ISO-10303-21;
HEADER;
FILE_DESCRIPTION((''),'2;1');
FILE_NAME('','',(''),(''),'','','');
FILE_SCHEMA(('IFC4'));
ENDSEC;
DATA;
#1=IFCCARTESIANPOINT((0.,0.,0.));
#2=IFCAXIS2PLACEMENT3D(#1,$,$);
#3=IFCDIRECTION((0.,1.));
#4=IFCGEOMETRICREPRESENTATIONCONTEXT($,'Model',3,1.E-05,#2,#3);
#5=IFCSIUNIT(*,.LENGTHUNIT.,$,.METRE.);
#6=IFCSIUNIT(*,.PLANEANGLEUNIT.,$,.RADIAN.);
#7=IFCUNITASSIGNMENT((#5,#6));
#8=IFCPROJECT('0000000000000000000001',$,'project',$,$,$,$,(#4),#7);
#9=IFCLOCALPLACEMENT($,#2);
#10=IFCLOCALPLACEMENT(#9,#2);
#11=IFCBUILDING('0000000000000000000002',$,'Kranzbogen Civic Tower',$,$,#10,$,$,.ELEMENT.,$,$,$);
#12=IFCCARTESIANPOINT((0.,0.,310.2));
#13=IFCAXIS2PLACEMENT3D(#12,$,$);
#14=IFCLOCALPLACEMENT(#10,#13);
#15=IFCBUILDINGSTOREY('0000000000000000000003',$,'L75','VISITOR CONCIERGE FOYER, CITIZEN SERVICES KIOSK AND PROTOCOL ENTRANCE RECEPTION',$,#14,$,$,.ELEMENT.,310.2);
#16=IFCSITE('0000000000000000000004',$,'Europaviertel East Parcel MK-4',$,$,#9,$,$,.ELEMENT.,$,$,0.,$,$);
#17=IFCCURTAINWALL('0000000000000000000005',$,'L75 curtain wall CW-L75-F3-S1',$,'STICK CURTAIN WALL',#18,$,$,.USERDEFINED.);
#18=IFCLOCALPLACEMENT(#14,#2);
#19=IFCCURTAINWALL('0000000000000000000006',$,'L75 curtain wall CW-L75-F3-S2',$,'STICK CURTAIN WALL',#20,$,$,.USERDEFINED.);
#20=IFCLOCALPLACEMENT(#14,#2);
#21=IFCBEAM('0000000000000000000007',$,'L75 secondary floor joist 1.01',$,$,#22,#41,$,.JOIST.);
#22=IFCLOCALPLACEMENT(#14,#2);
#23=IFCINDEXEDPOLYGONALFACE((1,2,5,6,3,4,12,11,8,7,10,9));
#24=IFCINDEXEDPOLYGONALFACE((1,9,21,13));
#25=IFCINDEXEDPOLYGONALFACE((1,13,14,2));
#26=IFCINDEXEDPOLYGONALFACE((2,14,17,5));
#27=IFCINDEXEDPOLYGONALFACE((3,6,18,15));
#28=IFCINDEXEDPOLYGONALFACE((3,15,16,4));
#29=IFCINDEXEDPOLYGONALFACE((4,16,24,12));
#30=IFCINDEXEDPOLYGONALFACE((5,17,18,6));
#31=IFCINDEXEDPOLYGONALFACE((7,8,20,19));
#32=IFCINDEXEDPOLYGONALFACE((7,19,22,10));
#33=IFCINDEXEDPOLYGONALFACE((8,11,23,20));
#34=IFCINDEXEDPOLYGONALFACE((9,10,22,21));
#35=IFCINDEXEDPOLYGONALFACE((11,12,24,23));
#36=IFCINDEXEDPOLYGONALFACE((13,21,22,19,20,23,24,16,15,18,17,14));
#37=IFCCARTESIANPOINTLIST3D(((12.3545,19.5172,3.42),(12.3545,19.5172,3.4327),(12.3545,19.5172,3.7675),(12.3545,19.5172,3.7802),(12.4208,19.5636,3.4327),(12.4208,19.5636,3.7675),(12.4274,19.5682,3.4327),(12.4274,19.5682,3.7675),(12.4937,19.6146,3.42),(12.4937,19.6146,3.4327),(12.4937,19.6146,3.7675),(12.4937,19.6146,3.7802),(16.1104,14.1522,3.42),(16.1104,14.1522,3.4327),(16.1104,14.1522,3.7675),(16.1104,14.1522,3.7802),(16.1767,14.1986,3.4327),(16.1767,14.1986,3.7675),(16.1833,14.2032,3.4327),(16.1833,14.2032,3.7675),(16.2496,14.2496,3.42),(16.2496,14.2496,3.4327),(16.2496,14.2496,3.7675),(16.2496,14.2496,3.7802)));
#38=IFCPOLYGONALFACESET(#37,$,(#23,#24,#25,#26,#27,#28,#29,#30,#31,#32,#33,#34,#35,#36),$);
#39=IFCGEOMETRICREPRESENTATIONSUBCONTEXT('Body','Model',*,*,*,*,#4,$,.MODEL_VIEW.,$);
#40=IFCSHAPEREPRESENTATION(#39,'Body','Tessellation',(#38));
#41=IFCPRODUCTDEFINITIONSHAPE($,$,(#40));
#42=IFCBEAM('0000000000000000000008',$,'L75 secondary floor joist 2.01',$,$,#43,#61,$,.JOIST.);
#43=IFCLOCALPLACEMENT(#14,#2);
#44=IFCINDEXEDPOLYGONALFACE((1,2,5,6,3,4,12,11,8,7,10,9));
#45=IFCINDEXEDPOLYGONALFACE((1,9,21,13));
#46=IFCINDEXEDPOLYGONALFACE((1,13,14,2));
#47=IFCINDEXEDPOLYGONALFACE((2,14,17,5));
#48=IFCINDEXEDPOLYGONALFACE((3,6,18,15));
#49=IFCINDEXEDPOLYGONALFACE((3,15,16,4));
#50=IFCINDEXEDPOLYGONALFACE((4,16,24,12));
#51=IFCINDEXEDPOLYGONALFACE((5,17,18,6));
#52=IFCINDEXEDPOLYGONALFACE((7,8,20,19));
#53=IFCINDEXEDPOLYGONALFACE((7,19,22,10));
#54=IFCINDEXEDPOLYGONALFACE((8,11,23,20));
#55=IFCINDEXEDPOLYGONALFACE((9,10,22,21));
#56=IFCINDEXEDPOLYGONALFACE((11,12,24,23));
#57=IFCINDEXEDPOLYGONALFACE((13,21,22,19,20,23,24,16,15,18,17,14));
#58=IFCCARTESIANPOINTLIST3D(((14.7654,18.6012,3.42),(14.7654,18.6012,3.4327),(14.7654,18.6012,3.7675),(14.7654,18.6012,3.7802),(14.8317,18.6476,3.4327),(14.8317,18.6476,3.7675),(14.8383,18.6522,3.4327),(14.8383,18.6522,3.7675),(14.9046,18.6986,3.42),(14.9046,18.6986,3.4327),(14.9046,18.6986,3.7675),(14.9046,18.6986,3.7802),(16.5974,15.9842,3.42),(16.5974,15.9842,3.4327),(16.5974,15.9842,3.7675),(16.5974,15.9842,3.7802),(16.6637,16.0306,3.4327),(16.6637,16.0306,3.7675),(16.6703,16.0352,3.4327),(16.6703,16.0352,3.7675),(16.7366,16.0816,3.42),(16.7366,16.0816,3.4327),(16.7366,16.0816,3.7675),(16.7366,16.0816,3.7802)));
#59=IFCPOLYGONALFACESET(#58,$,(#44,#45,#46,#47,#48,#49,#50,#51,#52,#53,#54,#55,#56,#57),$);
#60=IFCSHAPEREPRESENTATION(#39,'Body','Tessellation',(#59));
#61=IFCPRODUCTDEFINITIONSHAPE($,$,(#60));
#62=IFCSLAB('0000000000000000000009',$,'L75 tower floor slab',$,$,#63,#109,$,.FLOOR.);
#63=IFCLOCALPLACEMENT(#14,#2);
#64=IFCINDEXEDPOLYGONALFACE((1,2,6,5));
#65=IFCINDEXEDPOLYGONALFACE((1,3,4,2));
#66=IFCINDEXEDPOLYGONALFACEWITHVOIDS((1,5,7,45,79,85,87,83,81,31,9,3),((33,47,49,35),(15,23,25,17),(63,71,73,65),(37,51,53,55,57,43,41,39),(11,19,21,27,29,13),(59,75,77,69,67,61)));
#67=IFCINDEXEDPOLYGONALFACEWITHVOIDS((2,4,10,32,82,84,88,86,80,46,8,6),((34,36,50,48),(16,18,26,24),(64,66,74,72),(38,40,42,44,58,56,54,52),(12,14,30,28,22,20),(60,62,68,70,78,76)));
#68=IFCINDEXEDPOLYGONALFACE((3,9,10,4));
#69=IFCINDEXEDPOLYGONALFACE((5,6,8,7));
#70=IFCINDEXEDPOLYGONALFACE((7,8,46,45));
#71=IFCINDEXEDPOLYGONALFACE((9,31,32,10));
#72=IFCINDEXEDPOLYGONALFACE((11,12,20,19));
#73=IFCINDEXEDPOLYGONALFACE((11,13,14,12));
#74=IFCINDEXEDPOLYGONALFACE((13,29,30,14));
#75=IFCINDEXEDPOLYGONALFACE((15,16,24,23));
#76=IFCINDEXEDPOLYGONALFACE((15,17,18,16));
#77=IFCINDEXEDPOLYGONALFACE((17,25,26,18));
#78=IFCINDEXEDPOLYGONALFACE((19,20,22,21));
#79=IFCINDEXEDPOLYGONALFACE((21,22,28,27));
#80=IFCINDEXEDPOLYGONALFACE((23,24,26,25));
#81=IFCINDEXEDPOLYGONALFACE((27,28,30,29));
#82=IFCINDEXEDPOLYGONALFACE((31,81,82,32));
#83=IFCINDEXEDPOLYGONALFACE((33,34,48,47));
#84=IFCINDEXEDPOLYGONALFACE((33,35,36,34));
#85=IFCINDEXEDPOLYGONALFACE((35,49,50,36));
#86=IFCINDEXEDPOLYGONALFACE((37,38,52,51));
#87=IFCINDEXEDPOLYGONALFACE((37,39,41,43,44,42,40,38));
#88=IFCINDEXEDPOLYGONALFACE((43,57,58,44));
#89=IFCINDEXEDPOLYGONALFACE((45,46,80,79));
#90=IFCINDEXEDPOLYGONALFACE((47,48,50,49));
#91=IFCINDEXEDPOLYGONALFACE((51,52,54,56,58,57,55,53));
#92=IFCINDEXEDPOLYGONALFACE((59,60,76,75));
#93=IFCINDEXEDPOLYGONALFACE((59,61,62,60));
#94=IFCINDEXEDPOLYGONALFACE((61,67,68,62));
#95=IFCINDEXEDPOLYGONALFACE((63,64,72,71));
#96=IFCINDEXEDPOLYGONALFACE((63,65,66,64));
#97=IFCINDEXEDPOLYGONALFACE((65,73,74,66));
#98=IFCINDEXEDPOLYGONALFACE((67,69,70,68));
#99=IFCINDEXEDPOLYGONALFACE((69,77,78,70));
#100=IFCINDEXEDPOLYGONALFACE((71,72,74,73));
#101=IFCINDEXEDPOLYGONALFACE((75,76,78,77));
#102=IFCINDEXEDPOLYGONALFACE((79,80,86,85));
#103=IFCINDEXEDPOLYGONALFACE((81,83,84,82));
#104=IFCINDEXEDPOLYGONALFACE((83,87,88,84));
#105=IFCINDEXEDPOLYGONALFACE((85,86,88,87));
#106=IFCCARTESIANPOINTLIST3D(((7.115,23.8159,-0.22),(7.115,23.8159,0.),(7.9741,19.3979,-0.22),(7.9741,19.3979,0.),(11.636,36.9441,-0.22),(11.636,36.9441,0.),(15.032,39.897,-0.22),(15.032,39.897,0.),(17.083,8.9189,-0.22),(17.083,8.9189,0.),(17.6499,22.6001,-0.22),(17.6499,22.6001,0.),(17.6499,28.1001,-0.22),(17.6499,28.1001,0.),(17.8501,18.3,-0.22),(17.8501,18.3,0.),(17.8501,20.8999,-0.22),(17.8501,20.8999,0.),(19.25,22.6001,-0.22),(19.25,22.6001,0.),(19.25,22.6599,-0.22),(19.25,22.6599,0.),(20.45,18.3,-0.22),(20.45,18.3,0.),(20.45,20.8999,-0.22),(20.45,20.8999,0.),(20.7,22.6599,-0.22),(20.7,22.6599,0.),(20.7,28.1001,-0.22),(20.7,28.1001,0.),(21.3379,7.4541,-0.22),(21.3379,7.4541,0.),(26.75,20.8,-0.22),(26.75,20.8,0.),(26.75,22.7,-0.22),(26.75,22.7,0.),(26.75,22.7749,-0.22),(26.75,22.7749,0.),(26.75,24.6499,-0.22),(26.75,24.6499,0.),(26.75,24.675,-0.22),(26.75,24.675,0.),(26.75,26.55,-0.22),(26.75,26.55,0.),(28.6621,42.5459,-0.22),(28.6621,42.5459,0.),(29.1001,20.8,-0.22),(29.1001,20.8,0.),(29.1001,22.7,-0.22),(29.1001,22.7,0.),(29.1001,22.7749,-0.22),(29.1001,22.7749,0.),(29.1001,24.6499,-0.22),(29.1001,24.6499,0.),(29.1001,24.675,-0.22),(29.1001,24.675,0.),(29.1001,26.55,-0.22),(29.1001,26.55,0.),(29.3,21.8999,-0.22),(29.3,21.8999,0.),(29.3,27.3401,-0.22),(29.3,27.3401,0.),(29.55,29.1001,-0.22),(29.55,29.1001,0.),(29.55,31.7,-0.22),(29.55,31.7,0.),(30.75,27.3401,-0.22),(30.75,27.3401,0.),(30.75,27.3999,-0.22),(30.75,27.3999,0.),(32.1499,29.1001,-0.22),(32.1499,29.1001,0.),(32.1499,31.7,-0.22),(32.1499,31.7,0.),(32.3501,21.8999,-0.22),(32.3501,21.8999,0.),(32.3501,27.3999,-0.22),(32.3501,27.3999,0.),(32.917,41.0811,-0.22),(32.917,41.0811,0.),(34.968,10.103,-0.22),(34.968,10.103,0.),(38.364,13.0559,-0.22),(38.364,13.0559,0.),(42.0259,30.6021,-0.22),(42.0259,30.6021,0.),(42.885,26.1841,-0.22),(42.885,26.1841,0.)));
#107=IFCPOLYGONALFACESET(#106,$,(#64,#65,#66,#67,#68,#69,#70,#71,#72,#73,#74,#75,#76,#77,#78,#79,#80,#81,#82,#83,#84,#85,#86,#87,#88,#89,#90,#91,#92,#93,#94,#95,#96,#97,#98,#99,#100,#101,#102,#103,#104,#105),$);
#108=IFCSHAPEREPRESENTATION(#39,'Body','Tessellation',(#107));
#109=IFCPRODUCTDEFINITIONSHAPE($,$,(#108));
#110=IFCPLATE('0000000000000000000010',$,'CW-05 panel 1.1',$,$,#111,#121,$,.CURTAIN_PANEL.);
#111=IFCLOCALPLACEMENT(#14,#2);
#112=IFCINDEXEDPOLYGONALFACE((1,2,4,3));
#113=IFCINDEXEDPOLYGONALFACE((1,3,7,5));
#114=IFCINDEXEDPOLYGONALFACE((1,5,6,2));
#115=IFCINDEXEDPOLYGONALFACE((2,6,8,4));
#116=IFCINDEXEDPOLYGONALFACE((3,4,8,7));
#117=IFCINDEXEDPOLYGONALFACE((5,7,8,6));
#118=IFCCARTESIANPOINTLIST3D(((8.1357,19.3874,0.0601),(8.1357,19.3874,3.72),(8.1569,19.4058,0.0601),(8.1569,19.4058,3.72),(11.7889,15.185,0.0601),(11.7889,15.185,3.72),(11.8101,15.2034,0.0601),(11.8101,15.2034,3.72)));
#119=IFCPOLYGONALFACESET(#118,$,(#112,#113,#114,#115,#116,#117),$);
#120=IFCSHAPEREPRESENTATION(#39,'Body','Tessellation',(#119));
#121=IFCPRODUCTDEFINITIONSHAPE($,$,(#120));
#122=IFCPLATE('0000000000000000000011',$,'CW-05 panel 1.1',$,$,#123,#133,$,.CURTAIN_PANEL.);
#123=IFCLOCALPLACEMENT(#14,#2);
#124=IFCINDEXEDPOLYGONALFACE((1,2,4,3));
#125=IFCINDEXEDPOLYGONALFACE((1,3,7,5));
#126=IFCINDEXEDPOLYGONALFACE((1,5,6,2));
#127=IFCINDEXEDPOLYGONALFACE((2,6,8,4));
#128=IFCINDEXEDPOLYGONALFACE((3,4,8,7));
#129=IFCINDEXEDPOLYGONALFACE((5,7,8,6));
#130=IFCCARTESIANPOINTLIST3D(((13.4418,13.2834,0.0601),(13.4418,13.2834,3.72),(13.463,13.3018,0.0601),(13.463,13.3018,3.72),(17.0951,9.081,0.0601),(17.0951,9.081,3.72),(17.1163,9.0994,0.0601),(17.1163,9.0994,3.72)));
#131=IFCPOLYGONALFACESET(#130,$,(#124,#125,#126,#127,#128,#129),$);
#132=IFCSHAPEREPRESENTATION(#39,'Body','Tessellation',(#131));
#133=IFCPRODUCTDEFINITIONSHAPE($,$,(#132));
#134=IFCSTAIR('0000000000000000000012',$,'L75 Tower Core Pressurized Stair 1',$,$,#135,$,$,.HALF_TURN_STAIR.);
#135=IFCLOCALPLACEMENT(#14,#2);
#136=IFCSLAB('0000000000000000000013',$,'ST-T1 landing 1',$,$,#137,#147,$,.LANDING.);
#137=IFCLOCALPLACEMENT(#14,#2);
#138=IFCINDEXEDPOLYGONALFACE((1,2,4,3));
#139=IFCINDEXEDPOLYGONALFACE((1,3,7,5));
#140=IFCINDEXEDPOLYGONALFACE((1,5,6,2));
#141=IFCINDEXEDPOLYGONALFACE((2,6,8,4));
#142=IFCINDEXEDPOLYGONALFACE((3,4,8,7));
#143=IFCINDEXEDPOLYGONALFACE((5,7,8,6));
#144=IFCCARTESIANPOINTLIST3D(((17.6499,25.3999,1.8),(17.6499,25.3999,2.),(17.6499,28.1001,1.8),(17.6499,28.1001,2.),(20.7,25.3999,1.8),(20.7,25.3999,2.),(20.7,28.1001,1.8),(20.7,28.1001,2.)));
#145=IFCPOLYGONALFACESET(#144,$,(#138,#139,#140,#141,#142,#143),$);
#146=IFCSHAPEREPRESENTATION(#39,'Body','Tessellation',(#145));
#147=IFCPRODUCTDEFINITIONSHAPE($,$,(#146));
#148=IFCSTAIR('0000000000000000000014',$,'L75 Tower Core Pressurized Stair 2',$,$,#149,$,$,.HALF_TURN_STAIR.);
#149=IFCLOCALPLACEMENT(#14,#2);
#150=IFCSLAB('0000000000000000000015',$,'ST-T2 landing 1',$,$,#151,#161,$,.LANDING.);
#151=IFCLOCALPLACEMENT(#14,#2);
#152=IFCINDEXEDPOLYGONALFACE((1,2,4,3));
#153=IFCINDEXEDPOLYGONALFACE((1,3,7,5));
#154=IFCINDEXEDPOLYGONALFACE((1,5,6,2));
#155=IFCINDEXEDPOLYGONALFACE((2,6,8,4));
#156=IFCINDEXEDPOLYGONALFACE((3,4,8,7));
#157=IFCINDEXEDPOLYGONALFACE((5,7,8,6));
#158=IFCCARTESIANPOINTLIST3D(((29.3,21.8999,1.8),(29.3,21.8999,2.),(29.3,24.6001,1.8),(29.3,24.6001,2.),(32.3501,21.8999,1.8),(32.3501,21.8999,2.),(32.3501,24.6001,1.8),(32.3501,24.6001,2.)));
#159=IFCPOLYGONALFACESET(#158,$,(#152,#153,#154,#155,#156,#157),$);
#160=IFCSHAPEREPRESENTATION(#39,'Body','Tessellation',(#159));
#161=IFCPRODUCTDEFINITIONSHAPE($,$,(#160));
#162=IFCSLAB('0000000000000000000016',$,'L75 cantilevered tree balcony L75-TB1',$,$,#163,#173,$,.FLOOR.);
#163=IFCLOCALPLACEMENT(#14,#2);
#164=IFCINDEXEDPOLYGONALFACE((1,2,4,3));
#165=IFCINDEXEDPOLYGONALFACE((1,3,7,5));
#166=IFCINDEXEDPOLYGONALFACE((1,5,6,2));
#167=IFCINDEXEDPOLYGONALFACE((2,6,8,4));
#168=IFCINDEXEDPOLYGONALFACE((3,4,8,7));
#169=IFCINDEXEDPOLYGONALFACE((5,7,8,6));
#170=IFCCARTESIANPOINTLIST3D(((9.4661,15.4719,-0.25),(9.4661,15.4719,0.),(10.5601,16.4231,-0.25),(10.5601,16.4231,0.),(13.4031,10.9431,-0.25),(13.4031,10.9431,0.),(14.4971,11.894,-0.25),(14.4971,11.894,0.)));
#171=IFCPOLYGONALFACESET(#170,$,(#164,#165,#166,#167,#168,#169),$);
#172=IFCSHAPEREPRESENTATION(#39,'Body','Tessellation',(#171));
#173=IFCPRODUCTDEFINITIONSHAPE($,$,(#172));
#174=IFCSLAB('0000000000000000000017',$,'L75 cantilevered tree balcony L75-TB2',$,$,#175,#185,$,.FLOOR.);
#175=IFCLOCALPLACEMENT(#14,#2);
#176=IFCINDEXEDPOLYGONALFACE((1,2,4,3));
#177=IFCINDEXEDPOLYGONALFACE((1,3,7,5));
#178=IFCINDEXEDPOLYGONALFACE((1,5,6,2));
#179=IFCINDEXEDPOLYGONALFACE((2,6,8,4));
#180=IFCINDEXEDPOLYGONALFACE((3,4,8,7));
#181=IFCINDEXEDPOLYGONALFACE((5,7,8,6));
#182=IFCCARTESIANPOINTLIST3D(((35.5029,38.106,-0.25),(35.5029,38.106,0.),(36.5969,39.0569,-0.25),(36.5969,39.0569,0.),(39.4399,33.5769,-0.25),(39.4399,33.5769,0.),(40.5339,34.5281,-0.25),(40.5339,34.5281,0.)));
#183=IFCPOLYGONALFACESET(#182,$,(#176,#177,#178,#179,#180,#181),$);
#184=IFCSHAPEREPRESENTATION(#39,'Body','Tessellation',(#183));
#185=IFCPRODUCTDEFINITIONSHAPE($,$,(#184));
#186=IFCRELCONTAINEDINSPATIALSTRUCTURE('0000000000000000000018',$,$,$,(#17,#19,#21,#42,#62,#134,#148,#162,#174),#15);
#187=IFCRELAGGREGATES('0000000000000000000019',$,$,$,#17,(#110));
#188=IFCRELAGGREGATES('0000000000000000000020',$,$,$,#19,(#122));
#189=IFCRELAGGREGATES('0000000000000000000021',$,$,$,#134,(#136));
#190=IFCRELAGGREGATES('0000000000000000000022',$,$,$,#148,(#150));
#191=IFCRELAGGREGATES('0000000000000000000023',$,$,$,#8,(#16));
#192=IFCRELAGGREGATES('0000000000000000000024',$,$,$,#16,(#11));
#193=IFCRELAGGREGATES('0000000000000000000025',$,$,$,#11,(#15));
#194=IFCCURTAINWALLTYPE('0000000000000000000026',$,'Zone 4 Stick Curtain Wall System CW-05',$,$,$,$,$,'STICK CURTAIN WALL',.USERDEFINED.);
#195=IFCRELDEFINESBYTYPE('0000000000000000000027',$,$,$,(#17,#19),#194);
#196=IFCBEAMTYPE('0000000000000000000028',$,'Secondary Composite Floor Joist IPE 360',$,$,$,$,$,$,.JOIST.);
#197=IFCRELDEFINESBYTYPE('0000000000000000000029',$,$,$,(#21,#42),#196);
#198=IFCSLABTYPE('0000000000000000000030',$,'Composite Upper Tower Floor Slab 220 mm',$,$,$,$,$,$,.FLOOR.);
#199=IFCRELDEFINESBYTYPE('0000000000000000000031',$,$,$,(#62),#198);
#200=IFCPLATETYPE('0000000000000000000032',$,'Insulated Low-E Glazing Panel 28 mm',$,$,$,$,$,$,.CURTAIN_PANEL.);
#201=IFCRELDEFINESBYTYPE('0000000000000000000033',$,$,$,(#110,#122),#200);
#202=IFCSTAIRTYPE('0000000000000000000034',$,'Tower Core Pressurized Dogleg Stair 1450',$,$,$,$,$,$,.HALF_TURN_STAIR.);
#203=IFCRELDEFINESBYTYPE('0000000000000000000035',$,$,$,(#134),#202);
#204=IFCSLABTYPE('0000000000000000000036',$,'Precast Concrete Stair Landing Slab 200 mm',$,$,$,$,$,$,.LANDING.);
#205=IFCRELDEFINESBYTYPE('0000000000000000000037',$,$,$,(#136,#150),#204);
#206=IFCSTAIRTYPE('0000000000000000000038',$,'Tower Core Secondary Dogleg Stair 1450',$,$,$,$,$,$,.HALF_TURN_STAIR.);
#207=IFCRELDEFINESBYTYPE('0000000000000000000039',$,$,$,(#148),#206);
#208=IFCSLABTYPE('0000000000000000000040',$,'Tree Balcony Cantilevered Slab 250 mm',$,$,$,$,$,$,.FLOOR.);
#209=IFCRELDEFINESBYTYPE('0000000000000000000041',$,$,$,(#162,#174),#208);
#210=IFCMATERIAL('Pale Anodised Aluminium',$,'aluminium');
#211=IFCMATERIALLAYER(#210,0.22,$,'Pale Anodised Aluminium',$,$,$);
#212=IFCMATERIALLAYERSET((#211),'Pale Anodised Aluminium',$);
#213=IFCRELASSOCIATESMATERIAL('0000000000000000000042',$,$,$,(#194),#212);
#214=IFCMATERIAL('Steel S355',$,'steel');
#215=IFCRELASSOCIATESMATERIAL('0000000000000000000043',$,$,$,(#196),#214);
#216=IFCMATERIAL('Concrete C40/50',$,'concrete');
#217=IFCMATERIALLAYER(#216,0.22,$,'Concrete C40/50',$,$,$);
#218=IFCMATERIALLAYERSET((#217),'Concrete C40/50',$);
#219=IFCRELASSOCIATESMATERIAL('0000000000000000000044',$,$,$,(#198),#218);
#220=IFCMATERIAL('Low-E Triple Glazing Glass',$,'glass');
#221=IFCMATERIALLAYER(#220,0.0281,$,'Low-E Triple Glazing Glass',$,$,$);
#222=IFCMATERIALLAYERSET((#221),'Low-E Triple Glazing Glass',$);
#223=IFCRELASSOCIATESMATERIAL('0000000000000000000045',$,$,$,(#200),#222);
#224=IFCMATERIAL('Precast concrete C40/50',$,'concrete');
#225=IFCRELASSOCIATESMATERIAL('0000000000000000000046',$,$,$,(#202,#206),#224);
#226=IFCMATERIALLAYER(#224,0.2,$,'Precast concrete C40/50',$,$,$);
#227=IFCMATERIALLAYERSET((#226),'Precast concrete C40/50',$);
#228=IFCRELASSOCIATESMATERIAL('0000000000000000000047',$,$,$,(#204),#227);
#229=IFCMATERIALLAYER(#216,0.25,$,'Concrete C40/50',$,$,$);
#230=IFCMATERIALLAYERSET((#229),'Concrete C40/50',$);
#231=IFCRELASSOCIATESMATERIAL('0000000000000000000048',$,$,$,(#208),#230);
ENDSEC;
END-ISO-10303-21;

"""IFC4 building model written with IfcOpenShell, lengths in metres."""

from ifc_helpers import new_model, si_unit, direction, frame, origin, origin_2d, place, context, subcontext, project, spatial, polyline, rectangle, i_section, outline, extrude, material, layer, layer_set, material_profile, profile_set, type_object, element, aggregate, save


model = new_model("IFC4")

# Units and contexts
model_context = context("Model", 3, precision=1e-05, world=origin(), true_north=direction((0.0, 1.0)))
body_context = subcontext(model_context, "Body", "Model", "MODEL_VIEW")
ifc_project = project(units=[si_unit("LENGTHUNIT", "METRE"), si_unit("PLANEANGLEUNIT", "RADIAN")], contexts=[model_context])

# Site, building, storey
site_placement = place(None, origin())
site = spatial("IfcSite", under=ifc_project, at=site_placement, Name="Europaviertel East Parcel MK-4", CompositionType="ELEMENT", RefElevation=0.0)
building_placement = place(site_placement, origin())
building = spatial("IfcBuilding", under=site, at=building_placement, Name="Kranzbogen Civic Tower", CompositionType="ELEMENT")
storey_placement = place(building_placement, frame((0.0, 0.0, 310.2)))
storey = spatial("IfcBuildingStorey", under=building, at=storey_placement, Name="L75", Description="VISITOR CONCIERGE FOYER, CITIZEN SERVICES KIOSK AND PROTOCOL ENTRANCE RECEPTION", CompositionType="ELEMENT", Elevation=310.2)

# Shared definitions
ifc_material_1 = material(Name="Steel S355", Category="steel")

# Curtain wall
ifc_material_2 = material(Name="Pale Anodised Aluminium", Category="aluminium")
ifc_layer_1 = layer(ifc_material_2, 0.22, Name="Pale Anodised Aluminium")
ifc_layer_set_1 = layer_set([ifc_layer_1], Name="Pale Anodised Aluminium")
curtain_wall_type = type_object("IfcCurtainWallType", Name="Zone 4 Stick Curtain Wall System CW-05", ElementType="STICK CURTAIN WALL", PredefinedType="USERDEFINED", material=ifc_layer_set_1)
curtain_wall_1_placement = place(storey_placement, origin())
curtain_wall_1 = element("IfcCurtainWall", 1, at=curtain_wall_1_placement, inside=storey, type_object=curtain_wall_type, Name="L75 curtain wall CW-L75-F3-S1", ObjectType="STICK CURTAIN WALL", PredefinedType="USERDEFINED")

# Curtain wall
curtain_wall_2_placement = place(storey_placement, origin())
curtain_wall_2 = element("IfcCurtainWall", 2, at=curtain_wall_2_placement, inside=storey, type_object=curtain_wall_type, Name="L75 curtain wall CW-L75-F3-S2", ObjectType="STICK CURTAIN WALL", PredefinedType="USERDEFINED")

# Beams
ifc_material_profile_1 = material_profile(ifc_material_1, i_section(OverallWidth=0.1699, OverallDepth=0.3601, WebThickness=0.0081, FlangeThickness=0.0127, at=origin_2d()), Name="IPE 360")
ifc_profile_set_1 = profile_set([ifc_material_profile_1], Name="Steel S355")
beam_type_1 = type_object("IfcBeamType", Name="Secondary Composite Floor Joist IPE 360", PredefinedType="JOIST", material=ifc_profile_set_1)
beam_1_placement = place(storey_placement, frame((12.4241, 19.5659, 3.6001), z_axis=(0.5735, -0.819206, 0.0), x_axis=(0.819206, 0.5735, 0.0)))
element("IfcBeam", 3, at=beam_1_placement, inside=storey, type_object=beam_type_1, Name="L75 secondary floor joist 1.01", PredefinedType="JOIST", context=body_context, shape_type="SweptSolid", body=[
    extrude(i_section(OverallWidth=0.1699, OverallDepth=0.3601, WebThickness=0.0081, FlangeThickness=0.0127, at=origin_2d()), origin(), (0.0, 0.0, 1.0), 6.5491),
])
beam_2_placement = place(storey_placement, frame((14.835, 18.6499, 3.6001), z_axis=(0.573498, -0.819207, 0.0), x_axis=(0.819207, 0.573498, 0.0)))
element("IfcBeam", 4, at=beam_2_placement, inside=storey, type_object=beam_type_1, Name="L75 secondary floor joist 2.01", PredefinedType="JOIST", context=body_context, shape_type="SweptSolid", body=[
    extrude(i_section(OverallWidth=0.1699, OverallDepth=0.3601, WebThickness=0.0081, FlangeThickness=0.0127, at=origin_2d()), origin(), (0.0, 0.0, 1.0), 3.1946),
])

# Slab
ifc_material_3 = material(Name="Concrete C40/50", Category="concrete")
ifc_layer_2 = layer(ifc_material_3, 0.22, Name="Concrete C40/50")
ifc_layer_set_2 = layer_set([ifc_layer_2], Name="Concrete C40/50")
slab_type_1 = type_object("IfcSlabType", Name="Composite Upper Tower Floor Slab 220 mm", PredefinedType="FLOOR", material=ifc_layer_set_2)
slab_1_placement = place(storey_placement, frame((0.0, 0.0, -0.22)))
element("IfcSlab", 5, at=slab_1_placement, inside=storey, type_object=slab_type_1, Name="L75 tower floor slab", PredefinedType="FLOOR", context=body_context, shape_type="SweptSolid", body=[
    extrude(outline(polyline([(28.6621, 42.5459), (15.032, 39.897), (11.636, 36.9441), (7.115, 23.8159), (7.9741, 19.3979), (17.083, 8.9189), (21.3379, 7.4541), (34.968, 10.103), (38.364, 13.0559), (42.885, 26.1841), (42.0259, 30.6021), (32.917, 41.0811), (28.6621, 42.5459)]), holes=[polyline([(17.8501, 20.8999), (20.45, 20.8999), (20.45, 18.3), (17.8501, 18.3), (17.8501, 20.8999)]), polyline([(29.1001, 22.7), (29.1001, 20.8), (26.75, 20.8), (26.75, 22.7), (29.1001, 22.7)]), polyline([(29.1001, 24.6499), (29.1001, 22.7749), (26.75, 22.7749), (26.75, 24.6499), (26.75, 24.675), (26.75, 26.55), (29.1001, 26.55), (29.1001, 24.675), (29.1001, 24.6499)]), polyline([(29.3, 27.3401), (30.75, 27.3401), (30.75, 27.3999), (32.3501, 27.3999), (32.3501, 21.8999), (29.3, 21.8999), (29.3, 27.3401)]), polyline([(20.7, 22.6599), (19.25, 22.6599), (19.25, 22.6001), (17.6499, 22.6001), (17.6499, 28.1001), (20.7, 28.1001), (20.7, 22.6599)]), polyline([(32.1499, 31.7), (32.1499, 29.1001), (29.55, 29.1001), (29.55, 31.7), (32.1499, 31.7)])]), origin(), (0.0, 0.0, 1.0), 0.22),
])

# Plates
ifc_material_4 = material(Name="Low-E Triple Glazing Glass", Category="glass")
ifc_layer_3 = layer(ifc_material_4, 0.0281, Name="Low-E Triple Glazing Glass")
ifc_layer_set_3 = layer_set([ifc_layer_3], Name="Low-E Triple Glazing Glass")
plate_type = type_object("IfcPlateType", Name="Insulated Low-E Glazing Panel 28 mm", PredefinedType="CURTAIN_PANEL", material=ifc_layer_set_3)
plate_1_placement = place(storey_placement, frame((9.9729, 17.2954, 0.0601), z_axis=(0.0, 0.0, 1.0), x_axis=(0.656074, -0.754696, 0.0)))
plate_1 = element("IfcPlate", 6, at=plate_1_placement, type_object=plate_type, Name="CW-05 panel 1.1", PredefinedType="CURTAIN_PANEL", context=body_context, shape_type="SweptSolid", body=[
    extrude(rectangle(XDim=5.5684, YDim=0.0281, at=origin_2d()), origin(), (0.0, 0.0, 1.0), 3.6599),
])
aggregate(curtain_wall_1, [plate_1])
plate_2_placement = place(storey_placement, frame((15.2791, 11.1914, 0.0601), z_axis=(0.0, 0.0, 1.0), x_axis=(0.656074, -0.754696, 0.0)))
plate_2 = element("IfcPlate", 7, at=plate_2_placement, type_object=plate_type, Name="CW-05 panel 1.1", PredefinedType="CURTAIN_PANEL", context=body_context, shape_type="SweptSolid", body=[
    extrude(rectangle(XDim=5.5684, YDim=0.0281, at=origin_2d()), origin(), (0.0, 0.0, 1.0), 3.6599),
])
aggregate(curtain_wall_2, [plate_2])

# Stairs, slabs
ifc_material_5 = material(Name="Precast concrete C40/50", Category="concrete")
stair_type_1 = type_object("IfcStairType", Name="Tower Core Pressurized Dogleg Stair 1450", PredefinedType="HALF_TURN_STAIR", material=ifc_material_5)
stair_1_placement = place(storey_placement, origin())
stair_1 = element("IfcStair", 8, at=stair_1_placement, inside=storey, type_object=stair_type_1, Name="L75 Tower Core Pressurized Stair 1", PredefinedType="HALF_TURN_STAIR")
ifc_layer_4 = layer(ifc_material_5, 0.2, Name="Precast concrete C40/50")
ifc_layer_set_4 = layer_set([ifc_layer_4], Name="Precast concrete C40/50")
slab_type_2 = type_object("IfcSlabType", Name="Precast Concrete Stair Landing Slab 200 mm", PredefinedType="LANDING", material=ifc_layer_set_4)
slab_2_placement = place(storey_placement, frame((0.0, 0.0, 1.8)))
slab_2 = element("IfcSlab", 9, at=slab_2_placement, type_object=slab_type_2, Name="ST-T1 landing 1", PredefinedType="LANDING", context=body_context, shape_type="SweptSolid", body=[
    extrude(outline(polyline([(20.7, 25.3999), (20.7, 28.1001), (17.6499, 28.1001), (17.6499, 25.3999), (20.7, 25.3999)])), origin(), (0.0, 0.0, 1.0), 0.2),
])
aggregate(stair_1, [slab_2])
stair_type_2 = type_object("IfcStairType", Name="Tower Core Secondary Dogleg Stair 1450", PredefinedType="HALF_TURN_STAIR", material=ifc_material_5)
stair_2_placement = place(storey_placement, origin())
stair_2 = element("IfcStair", 10, at=stair_2_placement, inside=storey, type_object=stair_type_2, Name="L75 Tower Core Pressurized Stair 2", PredefinedType="HALF_TURN_STAIR")
slab_3_placement = place(storey_placement, frame((0.0, 0.0, 1.8)))
slab_3 = element("IfcSlab", 11, at=slab_3_placement, type_object=slab_type_2, Name="ST-T2 landing 1", PredefinedType="LANDING", context=body_context, shape_type="SweptSolid", body=[
    extrude(outline(polyline([(29.3, 24.6001), (29.3, 21.8999), (32.3501, 21.8999), (32.3501, 24.6001), (29.3, 24.6001)])), origin(), (0.0, 0.0, 1.0), 0.2),
])
aggregate(stair_2, [slab_3])

# Slabs
ifc_layer_5 = layer(ifc_material_3, 0.25, Name="Concrete C40/50")
ifc_layer_set_5 = layer_set([ifc_layer_5], Name="Concrete C40/50")
slab_type_3 = type_object("IfcSlabType", Name="Tree Balcony Cantilevered Slab 250 mm", PredefinedType="FLOOR", material=ifc_layer_set_5)
slab_4_placement = place(storey_placement, frame((0.0, 0.0, -0.25)))
element("IfcSlab", 12, at=slab_4_placement, inside=storey, type_object=slab_type_3, Name="L75 cantilevered tree balcony L75-TB1", PredefinedType="FLOOR", context=body_context, shape_type="SweptSolid", body=[
    extrude(outline(polyline([(10.5601, 16.4231), (14.4971, 11.894), (13.4031, 10.9431), (9.4661, 15.4719), (10.5601, 16.4231)])), origin(), (0.0, 0.0, 1.0), 0.25),
])
slab_5_placement = place(storey_placement, frame((0.0, 0.0, -0.25)))
element("IfcSlab", 13, at=slab_5_placement, inside=storey, type_object=slab_type_3, Name="L75 cantilevered tree balcony L75-TB2", PredefinedType="FLOOR", context=body_context, shape_type="SweptSolid", body=[
    extrude(outline(polyline([(39.4399, 33.5769), (35.5029, 38.106), (36.5969, 39.0569), (40.5339, 34.5281), (39.4399, 33.5769)])), origin(), (0.0, 0.0, 1.0), 0.25),
])

save(model, "model.ifc")
